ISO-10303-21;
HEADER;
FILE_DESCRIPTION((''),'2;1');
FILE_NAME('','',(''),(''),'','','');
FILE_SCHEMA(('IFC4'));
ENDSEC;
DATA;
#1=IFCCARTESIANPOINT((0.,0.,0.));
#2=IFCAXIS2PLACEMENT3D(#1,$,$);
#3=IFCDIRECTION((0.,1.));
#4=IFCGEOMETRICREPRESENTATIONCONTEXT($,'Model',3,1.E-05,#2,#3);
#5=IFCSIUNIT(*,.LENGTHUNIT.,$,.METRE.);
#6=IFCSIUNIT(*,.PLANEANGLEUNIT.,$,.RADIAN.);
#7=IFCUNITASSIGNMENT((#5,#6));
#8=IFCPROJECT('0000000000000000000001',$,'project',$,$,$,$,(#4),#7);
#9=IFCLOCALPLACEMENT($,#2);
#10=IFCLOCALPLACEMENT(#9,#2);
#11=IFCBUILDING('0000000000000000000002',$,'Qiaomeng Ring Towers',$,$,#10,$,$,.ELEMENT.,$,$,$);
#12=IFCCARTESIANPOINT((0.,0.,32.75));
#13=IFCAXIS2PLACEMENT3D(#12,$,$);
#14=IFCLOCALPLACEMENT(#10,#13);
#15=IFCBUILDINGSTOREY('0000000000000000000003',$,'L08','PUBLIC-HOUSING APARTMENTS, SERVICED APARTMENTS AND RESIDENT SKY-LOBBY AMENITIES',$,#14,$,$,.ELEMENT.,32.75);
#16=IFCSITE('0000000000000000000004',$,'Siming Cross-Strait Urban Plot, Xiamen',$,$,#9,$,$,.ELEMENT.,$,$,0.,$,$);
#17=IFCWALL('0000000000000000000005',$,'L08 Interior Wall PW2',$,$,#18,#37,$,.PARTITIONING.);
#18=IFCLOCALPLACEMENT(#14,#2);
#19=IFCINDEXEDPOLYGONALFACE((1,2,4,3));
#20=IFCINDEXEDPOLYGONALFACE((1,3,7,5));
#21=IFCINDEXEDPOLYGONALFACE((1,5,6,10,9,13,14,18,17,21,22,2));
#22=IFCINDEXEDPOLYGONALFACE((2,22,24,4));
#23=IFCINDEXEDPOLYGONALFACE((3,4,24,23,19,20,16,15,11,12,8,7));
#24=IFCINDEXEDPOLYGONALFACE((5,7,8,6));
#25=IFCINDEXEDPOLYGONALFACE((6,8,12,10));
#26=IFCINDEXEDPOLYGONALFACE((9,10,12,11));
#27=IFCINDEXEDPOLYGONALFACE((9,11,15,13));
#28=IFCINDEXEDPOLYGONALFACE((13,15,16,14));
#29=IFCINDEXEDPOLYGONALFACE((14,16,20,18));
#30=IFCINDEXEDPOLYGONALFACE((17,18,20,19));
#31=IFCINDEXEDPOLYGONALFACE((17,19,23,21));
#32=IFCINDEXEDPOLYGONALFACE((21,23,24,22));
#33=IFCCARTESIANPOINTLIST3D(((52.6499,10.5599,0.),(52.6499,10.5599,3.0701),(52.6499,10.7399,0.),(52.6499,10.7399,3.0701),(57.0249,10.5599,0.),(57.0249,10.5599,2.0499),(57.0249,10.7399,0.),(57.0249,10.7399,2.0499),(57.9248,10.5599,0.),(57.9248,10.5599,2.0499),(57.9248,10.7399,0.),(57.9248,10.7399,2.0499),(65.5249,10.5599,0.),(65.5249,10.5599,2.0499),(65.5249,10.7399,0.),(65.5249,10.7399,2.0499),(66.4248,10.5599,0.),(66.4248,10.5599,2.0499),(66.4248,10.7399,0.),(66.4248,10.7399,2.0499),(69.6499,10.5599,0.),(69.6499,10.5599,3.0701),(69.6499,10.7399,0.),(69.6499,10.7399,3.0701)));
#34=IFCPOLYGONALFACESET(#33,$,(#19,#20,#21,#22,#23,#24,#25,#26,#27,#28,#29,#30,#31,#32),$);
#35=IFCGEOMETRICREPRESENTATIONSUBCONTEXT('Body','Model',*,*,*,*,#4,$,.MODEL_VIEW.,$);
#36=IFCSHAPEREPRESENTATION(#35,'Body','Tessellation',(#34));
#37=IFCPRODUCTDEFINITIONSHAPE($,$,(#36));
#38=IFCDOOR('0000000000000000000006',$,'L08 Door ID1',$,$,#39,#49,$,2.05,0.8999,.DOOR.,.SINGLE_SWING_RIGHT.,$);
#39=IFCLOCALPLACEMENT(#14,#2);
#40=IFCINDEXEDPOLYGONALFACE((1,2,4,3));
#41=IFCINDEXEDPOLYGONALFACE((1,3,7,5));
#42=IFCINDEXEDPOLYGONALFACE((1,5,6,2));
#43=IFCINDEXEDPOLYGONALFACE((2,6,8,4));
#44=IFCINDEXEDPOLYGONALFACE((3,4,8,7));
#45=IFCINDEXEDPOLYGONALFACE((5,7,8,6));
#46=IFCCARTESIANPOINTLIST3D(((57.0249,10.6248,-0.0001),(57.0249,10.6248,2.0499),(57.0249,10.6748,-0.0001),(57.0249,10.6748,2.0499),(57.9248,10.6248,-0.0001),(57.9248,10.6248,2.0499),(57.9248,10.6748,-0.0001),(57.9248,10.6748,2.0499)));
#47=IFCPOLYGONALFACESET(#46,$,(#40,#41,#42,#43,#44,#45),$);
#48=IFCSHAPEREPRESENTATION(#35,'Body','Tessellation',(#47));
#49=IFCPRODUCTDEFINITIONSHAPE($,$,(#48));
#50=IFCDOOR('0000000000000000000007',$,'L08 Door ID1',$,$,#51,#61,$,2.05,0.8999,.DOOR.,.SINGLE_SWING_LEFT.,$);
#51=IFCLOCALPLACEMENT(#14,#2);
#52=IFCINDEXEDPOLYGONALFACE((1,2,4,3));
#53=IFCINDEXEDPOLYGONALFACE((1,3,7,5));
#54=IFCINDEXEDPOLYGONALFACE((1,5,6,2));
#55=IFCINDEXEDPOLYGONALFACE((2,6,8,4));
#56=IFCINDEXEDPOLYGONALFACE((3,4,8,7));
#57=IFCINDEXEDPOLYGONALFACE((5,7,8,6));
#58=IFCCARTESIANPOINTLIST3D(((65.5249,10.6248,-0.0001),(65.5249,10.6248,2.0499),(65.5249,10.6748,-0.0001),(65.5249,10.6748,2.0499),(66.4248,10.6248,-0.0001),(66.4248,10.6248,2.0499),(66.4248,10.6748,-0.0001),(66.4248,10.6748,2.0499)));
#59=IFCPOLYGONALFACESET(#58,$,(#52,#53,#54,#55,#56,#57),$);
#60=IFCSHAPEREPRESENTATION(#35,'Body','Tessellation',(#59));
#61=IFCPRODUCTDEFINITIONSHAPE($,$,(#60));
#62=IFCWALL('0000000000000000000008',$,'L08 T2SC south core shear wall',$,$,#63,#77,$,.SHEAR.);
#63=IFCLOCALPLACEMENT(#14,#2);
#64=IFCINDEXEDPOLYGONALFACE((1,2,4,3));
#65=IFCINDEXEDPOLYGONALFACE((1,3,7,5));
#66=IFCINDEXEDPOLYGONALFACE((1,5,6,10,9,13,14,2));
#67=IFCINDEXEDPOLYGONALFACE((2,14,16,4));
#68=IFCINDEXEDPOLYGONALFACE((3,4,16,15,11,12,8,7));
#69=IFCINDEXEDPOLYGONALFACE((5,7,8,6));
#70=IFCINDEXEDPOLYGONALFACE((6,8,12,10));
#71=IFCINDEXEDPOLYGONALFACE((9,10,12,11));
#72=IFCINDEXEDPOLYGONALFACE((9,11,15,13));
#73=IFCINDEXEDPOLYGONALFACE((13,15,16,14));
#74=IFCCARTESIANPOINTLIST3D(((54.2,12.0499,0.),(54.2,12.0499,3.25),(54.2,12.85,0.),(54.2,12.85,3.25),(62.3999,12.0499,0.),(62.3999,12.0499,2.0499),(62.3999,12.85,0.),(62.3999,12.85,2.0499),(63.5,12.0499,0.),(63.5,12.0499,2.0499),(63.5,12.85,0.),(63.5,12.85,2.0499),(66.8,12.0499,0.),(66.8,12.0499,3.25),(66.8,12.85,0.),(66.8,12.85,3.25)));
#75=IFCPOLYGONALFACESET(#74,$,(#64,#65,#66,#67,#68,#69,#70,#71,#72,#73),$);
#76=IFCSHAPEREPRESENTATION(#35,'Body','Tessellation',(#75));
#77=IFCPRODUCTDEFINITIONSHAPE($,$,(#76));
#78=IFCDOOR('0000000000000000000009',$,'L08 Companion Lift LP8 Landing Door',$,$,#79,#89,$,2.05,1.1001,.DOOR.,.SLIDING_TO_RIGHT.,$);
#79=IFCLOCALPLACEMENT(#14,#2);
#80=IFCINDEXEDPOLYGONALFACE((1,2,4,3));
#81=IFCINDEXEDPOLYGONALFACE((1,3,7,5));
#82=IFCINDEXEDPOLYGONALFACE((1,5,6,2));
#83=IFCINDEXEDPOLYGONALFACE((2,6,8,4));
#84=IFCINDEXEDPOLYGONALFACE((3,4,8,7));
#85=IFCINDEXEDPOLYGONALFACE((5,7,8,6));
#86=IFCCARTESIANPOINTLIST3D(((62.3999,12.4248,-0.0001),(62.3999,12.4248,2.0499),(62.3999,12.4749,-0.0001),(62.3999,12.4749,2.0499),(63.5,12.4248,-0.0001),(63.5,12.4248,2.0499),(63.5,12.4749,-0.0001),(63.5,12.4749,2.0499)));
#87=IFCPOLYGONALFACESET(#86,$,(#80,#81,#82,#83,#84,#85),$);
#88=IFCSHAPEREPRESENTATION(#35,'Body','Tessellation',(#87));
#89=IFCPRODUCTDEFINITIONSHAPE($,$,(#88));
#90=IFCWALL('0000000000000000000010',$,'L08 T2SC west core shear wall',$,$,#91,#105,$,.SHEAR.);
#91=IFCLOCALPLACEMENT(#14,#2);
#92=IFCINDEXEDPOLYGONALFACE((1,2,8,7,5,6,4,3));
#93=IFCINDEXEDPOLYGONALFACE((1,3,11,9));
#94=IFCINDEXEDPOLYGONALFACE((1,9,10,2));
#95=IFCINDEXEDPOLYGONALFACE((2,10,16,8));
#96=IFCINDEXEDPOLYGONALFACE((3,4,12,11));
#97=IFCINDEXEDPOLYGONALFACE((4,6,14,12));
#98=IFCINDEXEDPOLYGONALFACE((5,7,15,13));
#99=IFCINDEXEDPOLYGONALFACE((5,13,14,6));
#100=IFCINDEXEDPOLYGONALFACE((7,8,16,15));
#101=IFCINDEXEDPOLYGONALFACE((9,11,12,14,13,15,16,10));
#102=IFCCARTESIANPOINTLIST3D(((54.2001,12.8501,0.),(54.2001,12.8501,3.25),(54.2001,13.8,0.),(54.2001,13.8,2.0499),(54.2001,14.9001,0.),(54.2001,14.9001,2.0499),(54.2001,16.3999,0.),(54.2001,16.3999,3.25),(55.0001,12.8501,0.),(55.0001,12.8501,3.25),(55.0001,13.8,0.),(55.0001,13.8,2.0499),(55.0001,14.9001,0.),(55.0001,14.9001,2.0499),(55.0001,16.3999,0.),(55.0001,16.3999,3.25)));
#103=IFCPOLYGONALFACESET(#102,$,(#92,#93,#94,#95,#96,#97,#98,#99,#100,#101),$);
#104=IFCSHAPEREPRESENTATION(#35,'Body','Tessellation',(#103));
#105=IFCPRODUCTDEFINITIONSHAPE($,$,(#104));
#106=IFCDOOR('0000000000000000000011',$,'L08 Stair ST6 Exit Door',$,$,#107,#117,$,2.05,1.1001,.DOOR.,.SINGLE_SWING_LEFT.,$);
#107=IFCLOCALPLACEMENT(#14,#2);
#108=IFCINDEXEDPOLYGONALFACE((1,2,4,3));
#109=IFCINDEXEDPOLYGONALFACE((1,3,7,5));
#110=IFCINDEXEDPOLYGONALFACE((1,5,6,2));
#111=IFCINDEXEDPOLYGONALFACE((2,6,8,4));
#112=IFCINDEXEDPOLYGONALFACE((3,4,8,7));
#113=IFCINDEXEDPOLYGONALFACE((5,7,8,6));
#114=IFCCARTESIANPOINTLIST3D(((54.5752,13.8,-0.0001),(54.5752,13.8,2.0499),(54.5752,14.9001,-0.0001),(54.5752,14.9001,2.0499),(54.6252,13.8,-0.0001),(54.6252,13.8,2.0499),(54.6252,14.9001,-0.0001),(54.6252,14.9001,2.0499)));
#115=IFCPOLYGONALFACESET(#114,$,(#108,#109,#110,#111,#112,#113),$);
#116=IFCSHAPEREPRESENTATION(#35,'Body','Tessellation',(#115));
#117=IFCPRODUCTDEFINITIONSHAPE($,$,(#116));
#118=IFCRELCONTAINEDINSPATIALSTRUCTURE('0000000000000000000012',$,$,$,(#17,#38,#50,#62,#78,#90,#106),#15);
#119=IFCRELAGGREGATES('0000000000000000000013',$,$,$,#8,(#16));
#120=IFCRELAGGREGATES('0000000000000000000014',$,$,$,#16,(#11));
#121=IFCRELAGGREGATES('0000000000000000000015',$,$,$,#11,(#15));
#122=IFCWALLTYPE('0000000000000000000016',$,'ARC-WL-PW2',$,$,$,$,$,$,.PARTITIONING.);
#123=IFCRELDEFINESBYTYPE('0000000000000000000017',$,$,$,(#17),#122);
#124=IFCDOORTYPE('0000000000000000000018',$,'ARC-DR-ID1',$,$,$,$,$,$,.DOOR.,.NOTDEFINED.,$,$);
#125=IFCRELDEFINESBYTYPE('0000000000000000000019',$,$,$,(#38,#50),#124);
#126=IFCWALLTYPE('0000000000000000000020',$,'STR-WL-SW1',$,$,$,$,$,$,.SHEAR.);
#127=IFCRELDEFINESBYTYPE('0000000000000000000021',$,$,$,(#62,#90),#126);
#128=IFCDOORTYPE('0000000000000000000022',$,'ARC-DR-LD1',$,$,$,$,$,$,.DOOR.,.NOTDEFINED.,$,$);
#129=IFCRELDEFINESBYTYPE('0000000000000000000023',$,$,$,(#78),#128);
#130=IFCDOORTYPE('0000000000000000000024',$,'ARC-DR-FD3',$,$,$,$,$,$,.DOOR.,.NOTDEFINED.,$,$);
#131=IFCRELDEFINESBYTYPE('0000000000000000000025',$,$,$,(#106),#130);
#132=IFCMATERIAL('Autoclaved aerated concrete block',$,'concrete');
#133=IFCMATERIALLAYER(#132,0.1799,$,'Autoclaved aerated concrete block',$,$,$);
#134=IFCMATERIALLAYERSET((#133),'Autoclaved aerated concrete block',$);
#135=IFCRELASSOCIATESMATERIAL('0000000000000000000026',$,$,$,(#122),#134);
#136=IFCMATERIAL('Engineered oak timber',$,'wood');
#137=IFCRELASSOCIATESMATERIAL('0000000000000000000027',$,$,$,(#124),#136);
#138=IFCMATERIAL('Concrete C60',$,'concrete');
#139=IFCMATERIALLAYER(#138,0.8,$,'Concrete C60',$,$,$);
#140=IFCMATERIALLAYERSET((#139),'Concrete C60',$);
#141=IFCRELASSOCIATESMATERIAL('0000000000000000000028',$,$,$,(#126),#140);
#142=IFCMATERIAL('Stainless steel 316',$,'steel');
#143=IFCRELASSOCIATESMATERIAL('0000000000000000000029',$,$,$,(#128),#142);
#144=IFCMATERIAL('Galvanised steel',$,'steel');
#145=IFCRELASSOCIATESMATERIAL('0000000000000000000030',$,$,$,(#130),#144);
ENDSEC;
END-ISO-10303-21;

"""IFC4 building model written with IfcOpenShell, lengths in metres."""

from ifc_helpers import new_model, si_unit, direction, frame, frame_2d, origin, place, context, subcontext, project, spatial, rectangle, extrude, source, transform, mapped, material, layer, layer_set, type_object, element, fill, save


model = new_model("IFC4")

# Units and contexts
model_context = context("Model", 3, precision=1e-05, world=origin(), true_north=direction((0.0, 1.0)))
body_context = subcontext(model_context, "Body", "Model", "MODEL_VIEW")
ifc_project = project(units=[si_unit("LENGTHUNIT", "METRE"), si_unit("PLANEANGLEUNIT", "RADIAN")], contexts=[model_context])

# Site, building, storey
site_placement = place(None, origin())
site = spatial("IfcSite", under=ifc_project, at=site_placement, Name="Siming Cross-Strait Urban Plot, Xiamen", CompositionType="ELEMENT", RefElevation=0.0)
building_placement = place(site_placement, origin())
building = spatial("IfcBuilding", under=site, at=building_placement, Name="Qiaomeng Ring Towers", CompositionType="ELEMENT")
storey_placement = place(building_placement, frame((0.0, 0.0, 32.75)))
storey = spatial("IfcBuildingStorey", under=building, at=storey_placement, Name="L08", Description="PUBLIC-HOUSING APARTMENTS, SERVICED APARTMENTS AND RESIDENT SKY-LOBBY AMENITIES", CompositionType="ELEMENT", Elevation=32.75)

# Shared definitions
ifc_material_1 = material(Name="Concrete C60", Category="concrete")

# Wall, openings, doors
ifc_material_2 = material(Name="Autoclaved aerated concrete block", Category="concrete")
ifc_layer_1 = layer(ifc_material_2, 0.1799, Name="Autoclaved aerated concrete block")
ifc_layer_set_1 = layer_set([ifc_layer_1], Name="Autoclaved aerated concrete block")
wall_type_1 = type_object("IfcWallType", Name="ARC-WL-PW2", PredefinedType="PARTITIONING", material=ifc_layer_set_1)
ifc_material_3 = material(Name="Engineered oak timber", Category="wood")
door_type_1 = type_object("IfcDoorType", Name="ARC-DR-ID1", OperationType="NOTDEFINED", PredefinedType="DOOR", material=ifc_material_3)
shared_shape_1 = source(origin(), body_context, "Body", "SweptSolid", [
    extrude(rectangle(XDim=0.8999, YDim=2.05, at=frame_2d((0.45, 1.0249))), frame((0.0, 0.0249, 0.0), z_axis=(0.0, -1.0, 0.0), x_axis=(1.0, 0.0, 0.0)), (0.0, 0.0, 1.0), 0.05),
])
wall_1_placement = place(storey_placement, frame((52.6499, 10.6499, 0.0), z_axis=(0.0, 0.0, 1.0), x_axis=(1.0, 0.0, 0.0)))
wall_1 = element("IfcWall", 1, at=wall_1_placement, inside=storey, type_object=wall_type_1, Name="L08 Interior Wall PW2", PredefinedType="PARTITIONING", context=body_context, shape_type="SweptSolid", body=[
    extrude(rectangle(XDim=17.0, YDim=0.1799, at=frame_2d((8.5, 0.0))), origin(), (0.0, 0.0, 1.0), 3.0701),
])
opening_1_placement = place(wall_1_placement, frame((4.375, 0.0, 0.0)))
opening_1 = element("IfcOpeningElement", 2, at=opening_1_placement, cuts=wall_1, PredefinedType="OPENING", context=body_context, shape_type="SweptSolid", body=[
    extrude(rectangle(XDim=0.8999, YDim=2.05, at=frame_2d((0.45, 1.0249))), frame((0.0, 0.0999, 0.0), z_axis=(0.0, -1.0, 0.0), x_axis=(1.0, 0.0, 0.0)), (0.0, 0.0, 1.0), 0.2),
])
opening_2_placement = place(wall_1_placement, frame((12.875, 0.0, 0.0)))
opening_2 = element("IfcOpeningElement", 3, at=opening_2_placement, cuts=wall_1, PredefinedType="OPENING", context=body_context, shape_type="SweptSolid", body=[
    extrude(rectangle(XDim=0.8999, YDim=2.05, at=frame_2d((0.45, 1.0249))), frame((0.0, 0.0999, 0.0), z_axis=(0.0, -1.0, 0.0), x_axis=(1.0, 0.0, 0.0)), (0.0, 0.0, 1.0), 0.2),
])
door_1_placement = place(opening_1_placement, origin())
door_1 = element("IfcDoor", 4, at=door_1_placement, inside=storey, type_object=door_type_1, Name="L08 Door ID1", OperationType="SINGLE_SWING_RIGHT", OverallHeight=2.05, OverallWidth=0.8999, PredefinedType="DOOR", context=body_context, shape_type="MappedRepresentation", body=[
    mapped(shared_shape_1, transform((0.0, 0.0, 0.0), x_axis=(1.0, 0.0, 0.0), y_axis=(0.0, 1.0, 0.0), z_axis=(0.0, 0.0, 1.0), scale=1.0)),
])
fill(opening_1, door_1)
door_2_placement = place(opening_2_placement, origin())
door_2 = element("IfcDoor", 5, at=door_2_placement, inside=storey, type_object=door_type_1, Name="L08 Door ID1", OperationType="SINGLE_SWING_LEFT", OverallHeight=2.05, OverallWidth=0.8999, PredefinedType="DOOR", context=body_context, shape_type="MappedRepresentation", body=[
    mapped(shared_shape_1, transform((0.0, 0.0, 0.0), x_axis=(1.0, 0.0, 0.0), y_axis=(0.0, 1.0, 0.0), z_axis=(0.0, 0.0, 1.0), scale=1.0)),
])
fill(opening_2, door_2)

# Walls, openings, doors
ifc_layer_2 = layer(ifc_material_1, 0.8, Name="Concrete C60")
ifc_layer_set_2 = layer_set([ifc_layer_2], Name="Concrete C60")
wall_type_2 = type_object("IfcWallType", Name="STR-WL-SW1", PredefinedType="SHEAR", material=ifc_layer_set_2)
wall_2_placement = place(storey_placement, frame((54.2, 12.45, 0.0), z_axis=(0.0, 0.0, 1.0), x_axis=(1.0, 0.0, 0.0)))
wall_2 = element("IfcWall", 6, at=wall_2_placement, inside=storey, type_object=wall_type_2, Name="L08 T2SC south core shear wall", PredefinedType="SHEAR", context=body_context, shape_type="SweptSolid", body=[
    extrude(rectangle(XDim=12.6001, YDim=0.8, at=frame_2d((6.3, 0.0))), origin(), (0.0, 0.0, 1.0), 3.25),
])
opening_3_placement = place(wall_2_placement, frame((8.2, 0.0, 0.0)))
opening_3 = element("IfcOpeningElement", 7, at=opening_3_placement, cuts=wall_2, PredefinedType="OPENING", context=body_context, shape_type="SweptSolid", body=[
    extrude(rectangle(XDim=1.1001, YDim=2.05, at=frame_2d((0.55, 1.0249))), frame((0.0, 0.4099, 0.0), z_axis=(0.0, -1.0, 0.0), x_axis=(1.0, 0.0, 0.0)), (0.0, 0.0, 1.0), 0.8201),
])
ifc_material_4 = material(Name="Stainless steel 316", Category="steel")
door_type_2 = type_object("IfcDoorType", Name="ARC-DR-LD1", OperationType="NOTDEFINED", PredefinedType="DOOR", material=ifc_material_4)
shared_shape_2 = source(origin(), body_context, "Body", "SweptSolid", [
    extrude(rectangle(XDim=1.1001, YDim=2.05, at=frame_2d((0.55, 1.0249))), frame((0.0, 0.0249, 0.0), z_axis=(0.0, -1.0, 0.0), x_axis=(1.0, 0.0, 0.0)), (0.0, 0.0, 1.0), 0.05),
])
door_3_placement = place(opening_3_placement, origin())
door_3 = element("IfcDoor", 8, at=door_3_placement, inside=storey, type_object=door_type_2, Name="L08 Companion Lift LP8 Landing Door", OperationType="SLIDING_TO_RIGHT", OverallHeight=2.05, OverallWidth=1.1001, PredefinedType="DOOR", context=body_context, shape_type="MappedRepresentation", body=[
    mapped(shared_shape_2, transform((0.0, 0.0, 0.0), x_axis=(1.0, 0.0, 0.0), y_axis=(0.0, 1.0, 0.0), z_axis=(0.0, 0.0, 1.0), scale=1.0)),
])
fill(opening_3, door_3)
wall_3_placement = place(storey_placement, frame((54.6001, 12.8501, 0.0), z_axis=(0.0, 0.0, 1.0), x_axis=(0.0, 1.0, 0.0)))
wall_3 = element("IfcWall", 9, at=wall_3_placement, inside=storey, type_object=wall_type_2, Name="L08 T2SC west core shear wall", PredefinedType="SHEAR", context=body_context, shape_type="SweptSolid", body=[
    extrude(rectangle(XDim=3.5498, YDim=0.8, at=frame_2d((1.7749, 0.0))), origin(), (0.0, 0.0, 1.0), 3.25),
])
opening_4_placement = place(wall_3_placement, frame((0.95, 0.0, 0.0)))
opening_4 = element("IfcOpeningElement", 10, at=opening_4_placement, cuts=wall_3, PredefinedType="OPENING", context=body_context, shape_type="SweptSolid", body=[
    extrude(rectangle(XDim=1.1001, YDim=2.05, at=frame_2d((0.55, 1.0249))), frame((0.0, 0.4099, 0.0), z_axis=(0.0, -1.0, 0.0), x_axis=(1.0, 0.0, 0.0)), (0.0, 0.0, 1.0), 0.8201),
])
ifc_material_5 = material(Name="Galvanised steel", Category="steel")
door_type_3 = type_object("IfcDoorType", Name="ARC-DR-FD3", OperationType="NOTDEFINED", PredefinedType="DOOR", material=ifc_material_5)
door_4_placement = place(opening_4_placement, origin())
door_4 = element("IfcDoor", 11, at=door_4_placement, inside=storey, type_object=door_type_3, Name="L08 Stair ST6 Exit Door", OperationType="SINGLE_SWING_LEFT", OverallHeight=2.05, OverallWidth=1.1001, PredefinedType="DOOR", context=body_context, shape_type="MappedRepresentation", body=[
    mapped(shared_shape_2, transform((0.0, 0.0, 0.0), x_axis=(1.0, 0.0, 0.0), y_axis=(0.0, 1.0, 0.0), z_axis=(0.0, 0.0, 1.0), scale=1.0)),
])
fill(opening_4, door_4)

save(model, "model.ifc")
